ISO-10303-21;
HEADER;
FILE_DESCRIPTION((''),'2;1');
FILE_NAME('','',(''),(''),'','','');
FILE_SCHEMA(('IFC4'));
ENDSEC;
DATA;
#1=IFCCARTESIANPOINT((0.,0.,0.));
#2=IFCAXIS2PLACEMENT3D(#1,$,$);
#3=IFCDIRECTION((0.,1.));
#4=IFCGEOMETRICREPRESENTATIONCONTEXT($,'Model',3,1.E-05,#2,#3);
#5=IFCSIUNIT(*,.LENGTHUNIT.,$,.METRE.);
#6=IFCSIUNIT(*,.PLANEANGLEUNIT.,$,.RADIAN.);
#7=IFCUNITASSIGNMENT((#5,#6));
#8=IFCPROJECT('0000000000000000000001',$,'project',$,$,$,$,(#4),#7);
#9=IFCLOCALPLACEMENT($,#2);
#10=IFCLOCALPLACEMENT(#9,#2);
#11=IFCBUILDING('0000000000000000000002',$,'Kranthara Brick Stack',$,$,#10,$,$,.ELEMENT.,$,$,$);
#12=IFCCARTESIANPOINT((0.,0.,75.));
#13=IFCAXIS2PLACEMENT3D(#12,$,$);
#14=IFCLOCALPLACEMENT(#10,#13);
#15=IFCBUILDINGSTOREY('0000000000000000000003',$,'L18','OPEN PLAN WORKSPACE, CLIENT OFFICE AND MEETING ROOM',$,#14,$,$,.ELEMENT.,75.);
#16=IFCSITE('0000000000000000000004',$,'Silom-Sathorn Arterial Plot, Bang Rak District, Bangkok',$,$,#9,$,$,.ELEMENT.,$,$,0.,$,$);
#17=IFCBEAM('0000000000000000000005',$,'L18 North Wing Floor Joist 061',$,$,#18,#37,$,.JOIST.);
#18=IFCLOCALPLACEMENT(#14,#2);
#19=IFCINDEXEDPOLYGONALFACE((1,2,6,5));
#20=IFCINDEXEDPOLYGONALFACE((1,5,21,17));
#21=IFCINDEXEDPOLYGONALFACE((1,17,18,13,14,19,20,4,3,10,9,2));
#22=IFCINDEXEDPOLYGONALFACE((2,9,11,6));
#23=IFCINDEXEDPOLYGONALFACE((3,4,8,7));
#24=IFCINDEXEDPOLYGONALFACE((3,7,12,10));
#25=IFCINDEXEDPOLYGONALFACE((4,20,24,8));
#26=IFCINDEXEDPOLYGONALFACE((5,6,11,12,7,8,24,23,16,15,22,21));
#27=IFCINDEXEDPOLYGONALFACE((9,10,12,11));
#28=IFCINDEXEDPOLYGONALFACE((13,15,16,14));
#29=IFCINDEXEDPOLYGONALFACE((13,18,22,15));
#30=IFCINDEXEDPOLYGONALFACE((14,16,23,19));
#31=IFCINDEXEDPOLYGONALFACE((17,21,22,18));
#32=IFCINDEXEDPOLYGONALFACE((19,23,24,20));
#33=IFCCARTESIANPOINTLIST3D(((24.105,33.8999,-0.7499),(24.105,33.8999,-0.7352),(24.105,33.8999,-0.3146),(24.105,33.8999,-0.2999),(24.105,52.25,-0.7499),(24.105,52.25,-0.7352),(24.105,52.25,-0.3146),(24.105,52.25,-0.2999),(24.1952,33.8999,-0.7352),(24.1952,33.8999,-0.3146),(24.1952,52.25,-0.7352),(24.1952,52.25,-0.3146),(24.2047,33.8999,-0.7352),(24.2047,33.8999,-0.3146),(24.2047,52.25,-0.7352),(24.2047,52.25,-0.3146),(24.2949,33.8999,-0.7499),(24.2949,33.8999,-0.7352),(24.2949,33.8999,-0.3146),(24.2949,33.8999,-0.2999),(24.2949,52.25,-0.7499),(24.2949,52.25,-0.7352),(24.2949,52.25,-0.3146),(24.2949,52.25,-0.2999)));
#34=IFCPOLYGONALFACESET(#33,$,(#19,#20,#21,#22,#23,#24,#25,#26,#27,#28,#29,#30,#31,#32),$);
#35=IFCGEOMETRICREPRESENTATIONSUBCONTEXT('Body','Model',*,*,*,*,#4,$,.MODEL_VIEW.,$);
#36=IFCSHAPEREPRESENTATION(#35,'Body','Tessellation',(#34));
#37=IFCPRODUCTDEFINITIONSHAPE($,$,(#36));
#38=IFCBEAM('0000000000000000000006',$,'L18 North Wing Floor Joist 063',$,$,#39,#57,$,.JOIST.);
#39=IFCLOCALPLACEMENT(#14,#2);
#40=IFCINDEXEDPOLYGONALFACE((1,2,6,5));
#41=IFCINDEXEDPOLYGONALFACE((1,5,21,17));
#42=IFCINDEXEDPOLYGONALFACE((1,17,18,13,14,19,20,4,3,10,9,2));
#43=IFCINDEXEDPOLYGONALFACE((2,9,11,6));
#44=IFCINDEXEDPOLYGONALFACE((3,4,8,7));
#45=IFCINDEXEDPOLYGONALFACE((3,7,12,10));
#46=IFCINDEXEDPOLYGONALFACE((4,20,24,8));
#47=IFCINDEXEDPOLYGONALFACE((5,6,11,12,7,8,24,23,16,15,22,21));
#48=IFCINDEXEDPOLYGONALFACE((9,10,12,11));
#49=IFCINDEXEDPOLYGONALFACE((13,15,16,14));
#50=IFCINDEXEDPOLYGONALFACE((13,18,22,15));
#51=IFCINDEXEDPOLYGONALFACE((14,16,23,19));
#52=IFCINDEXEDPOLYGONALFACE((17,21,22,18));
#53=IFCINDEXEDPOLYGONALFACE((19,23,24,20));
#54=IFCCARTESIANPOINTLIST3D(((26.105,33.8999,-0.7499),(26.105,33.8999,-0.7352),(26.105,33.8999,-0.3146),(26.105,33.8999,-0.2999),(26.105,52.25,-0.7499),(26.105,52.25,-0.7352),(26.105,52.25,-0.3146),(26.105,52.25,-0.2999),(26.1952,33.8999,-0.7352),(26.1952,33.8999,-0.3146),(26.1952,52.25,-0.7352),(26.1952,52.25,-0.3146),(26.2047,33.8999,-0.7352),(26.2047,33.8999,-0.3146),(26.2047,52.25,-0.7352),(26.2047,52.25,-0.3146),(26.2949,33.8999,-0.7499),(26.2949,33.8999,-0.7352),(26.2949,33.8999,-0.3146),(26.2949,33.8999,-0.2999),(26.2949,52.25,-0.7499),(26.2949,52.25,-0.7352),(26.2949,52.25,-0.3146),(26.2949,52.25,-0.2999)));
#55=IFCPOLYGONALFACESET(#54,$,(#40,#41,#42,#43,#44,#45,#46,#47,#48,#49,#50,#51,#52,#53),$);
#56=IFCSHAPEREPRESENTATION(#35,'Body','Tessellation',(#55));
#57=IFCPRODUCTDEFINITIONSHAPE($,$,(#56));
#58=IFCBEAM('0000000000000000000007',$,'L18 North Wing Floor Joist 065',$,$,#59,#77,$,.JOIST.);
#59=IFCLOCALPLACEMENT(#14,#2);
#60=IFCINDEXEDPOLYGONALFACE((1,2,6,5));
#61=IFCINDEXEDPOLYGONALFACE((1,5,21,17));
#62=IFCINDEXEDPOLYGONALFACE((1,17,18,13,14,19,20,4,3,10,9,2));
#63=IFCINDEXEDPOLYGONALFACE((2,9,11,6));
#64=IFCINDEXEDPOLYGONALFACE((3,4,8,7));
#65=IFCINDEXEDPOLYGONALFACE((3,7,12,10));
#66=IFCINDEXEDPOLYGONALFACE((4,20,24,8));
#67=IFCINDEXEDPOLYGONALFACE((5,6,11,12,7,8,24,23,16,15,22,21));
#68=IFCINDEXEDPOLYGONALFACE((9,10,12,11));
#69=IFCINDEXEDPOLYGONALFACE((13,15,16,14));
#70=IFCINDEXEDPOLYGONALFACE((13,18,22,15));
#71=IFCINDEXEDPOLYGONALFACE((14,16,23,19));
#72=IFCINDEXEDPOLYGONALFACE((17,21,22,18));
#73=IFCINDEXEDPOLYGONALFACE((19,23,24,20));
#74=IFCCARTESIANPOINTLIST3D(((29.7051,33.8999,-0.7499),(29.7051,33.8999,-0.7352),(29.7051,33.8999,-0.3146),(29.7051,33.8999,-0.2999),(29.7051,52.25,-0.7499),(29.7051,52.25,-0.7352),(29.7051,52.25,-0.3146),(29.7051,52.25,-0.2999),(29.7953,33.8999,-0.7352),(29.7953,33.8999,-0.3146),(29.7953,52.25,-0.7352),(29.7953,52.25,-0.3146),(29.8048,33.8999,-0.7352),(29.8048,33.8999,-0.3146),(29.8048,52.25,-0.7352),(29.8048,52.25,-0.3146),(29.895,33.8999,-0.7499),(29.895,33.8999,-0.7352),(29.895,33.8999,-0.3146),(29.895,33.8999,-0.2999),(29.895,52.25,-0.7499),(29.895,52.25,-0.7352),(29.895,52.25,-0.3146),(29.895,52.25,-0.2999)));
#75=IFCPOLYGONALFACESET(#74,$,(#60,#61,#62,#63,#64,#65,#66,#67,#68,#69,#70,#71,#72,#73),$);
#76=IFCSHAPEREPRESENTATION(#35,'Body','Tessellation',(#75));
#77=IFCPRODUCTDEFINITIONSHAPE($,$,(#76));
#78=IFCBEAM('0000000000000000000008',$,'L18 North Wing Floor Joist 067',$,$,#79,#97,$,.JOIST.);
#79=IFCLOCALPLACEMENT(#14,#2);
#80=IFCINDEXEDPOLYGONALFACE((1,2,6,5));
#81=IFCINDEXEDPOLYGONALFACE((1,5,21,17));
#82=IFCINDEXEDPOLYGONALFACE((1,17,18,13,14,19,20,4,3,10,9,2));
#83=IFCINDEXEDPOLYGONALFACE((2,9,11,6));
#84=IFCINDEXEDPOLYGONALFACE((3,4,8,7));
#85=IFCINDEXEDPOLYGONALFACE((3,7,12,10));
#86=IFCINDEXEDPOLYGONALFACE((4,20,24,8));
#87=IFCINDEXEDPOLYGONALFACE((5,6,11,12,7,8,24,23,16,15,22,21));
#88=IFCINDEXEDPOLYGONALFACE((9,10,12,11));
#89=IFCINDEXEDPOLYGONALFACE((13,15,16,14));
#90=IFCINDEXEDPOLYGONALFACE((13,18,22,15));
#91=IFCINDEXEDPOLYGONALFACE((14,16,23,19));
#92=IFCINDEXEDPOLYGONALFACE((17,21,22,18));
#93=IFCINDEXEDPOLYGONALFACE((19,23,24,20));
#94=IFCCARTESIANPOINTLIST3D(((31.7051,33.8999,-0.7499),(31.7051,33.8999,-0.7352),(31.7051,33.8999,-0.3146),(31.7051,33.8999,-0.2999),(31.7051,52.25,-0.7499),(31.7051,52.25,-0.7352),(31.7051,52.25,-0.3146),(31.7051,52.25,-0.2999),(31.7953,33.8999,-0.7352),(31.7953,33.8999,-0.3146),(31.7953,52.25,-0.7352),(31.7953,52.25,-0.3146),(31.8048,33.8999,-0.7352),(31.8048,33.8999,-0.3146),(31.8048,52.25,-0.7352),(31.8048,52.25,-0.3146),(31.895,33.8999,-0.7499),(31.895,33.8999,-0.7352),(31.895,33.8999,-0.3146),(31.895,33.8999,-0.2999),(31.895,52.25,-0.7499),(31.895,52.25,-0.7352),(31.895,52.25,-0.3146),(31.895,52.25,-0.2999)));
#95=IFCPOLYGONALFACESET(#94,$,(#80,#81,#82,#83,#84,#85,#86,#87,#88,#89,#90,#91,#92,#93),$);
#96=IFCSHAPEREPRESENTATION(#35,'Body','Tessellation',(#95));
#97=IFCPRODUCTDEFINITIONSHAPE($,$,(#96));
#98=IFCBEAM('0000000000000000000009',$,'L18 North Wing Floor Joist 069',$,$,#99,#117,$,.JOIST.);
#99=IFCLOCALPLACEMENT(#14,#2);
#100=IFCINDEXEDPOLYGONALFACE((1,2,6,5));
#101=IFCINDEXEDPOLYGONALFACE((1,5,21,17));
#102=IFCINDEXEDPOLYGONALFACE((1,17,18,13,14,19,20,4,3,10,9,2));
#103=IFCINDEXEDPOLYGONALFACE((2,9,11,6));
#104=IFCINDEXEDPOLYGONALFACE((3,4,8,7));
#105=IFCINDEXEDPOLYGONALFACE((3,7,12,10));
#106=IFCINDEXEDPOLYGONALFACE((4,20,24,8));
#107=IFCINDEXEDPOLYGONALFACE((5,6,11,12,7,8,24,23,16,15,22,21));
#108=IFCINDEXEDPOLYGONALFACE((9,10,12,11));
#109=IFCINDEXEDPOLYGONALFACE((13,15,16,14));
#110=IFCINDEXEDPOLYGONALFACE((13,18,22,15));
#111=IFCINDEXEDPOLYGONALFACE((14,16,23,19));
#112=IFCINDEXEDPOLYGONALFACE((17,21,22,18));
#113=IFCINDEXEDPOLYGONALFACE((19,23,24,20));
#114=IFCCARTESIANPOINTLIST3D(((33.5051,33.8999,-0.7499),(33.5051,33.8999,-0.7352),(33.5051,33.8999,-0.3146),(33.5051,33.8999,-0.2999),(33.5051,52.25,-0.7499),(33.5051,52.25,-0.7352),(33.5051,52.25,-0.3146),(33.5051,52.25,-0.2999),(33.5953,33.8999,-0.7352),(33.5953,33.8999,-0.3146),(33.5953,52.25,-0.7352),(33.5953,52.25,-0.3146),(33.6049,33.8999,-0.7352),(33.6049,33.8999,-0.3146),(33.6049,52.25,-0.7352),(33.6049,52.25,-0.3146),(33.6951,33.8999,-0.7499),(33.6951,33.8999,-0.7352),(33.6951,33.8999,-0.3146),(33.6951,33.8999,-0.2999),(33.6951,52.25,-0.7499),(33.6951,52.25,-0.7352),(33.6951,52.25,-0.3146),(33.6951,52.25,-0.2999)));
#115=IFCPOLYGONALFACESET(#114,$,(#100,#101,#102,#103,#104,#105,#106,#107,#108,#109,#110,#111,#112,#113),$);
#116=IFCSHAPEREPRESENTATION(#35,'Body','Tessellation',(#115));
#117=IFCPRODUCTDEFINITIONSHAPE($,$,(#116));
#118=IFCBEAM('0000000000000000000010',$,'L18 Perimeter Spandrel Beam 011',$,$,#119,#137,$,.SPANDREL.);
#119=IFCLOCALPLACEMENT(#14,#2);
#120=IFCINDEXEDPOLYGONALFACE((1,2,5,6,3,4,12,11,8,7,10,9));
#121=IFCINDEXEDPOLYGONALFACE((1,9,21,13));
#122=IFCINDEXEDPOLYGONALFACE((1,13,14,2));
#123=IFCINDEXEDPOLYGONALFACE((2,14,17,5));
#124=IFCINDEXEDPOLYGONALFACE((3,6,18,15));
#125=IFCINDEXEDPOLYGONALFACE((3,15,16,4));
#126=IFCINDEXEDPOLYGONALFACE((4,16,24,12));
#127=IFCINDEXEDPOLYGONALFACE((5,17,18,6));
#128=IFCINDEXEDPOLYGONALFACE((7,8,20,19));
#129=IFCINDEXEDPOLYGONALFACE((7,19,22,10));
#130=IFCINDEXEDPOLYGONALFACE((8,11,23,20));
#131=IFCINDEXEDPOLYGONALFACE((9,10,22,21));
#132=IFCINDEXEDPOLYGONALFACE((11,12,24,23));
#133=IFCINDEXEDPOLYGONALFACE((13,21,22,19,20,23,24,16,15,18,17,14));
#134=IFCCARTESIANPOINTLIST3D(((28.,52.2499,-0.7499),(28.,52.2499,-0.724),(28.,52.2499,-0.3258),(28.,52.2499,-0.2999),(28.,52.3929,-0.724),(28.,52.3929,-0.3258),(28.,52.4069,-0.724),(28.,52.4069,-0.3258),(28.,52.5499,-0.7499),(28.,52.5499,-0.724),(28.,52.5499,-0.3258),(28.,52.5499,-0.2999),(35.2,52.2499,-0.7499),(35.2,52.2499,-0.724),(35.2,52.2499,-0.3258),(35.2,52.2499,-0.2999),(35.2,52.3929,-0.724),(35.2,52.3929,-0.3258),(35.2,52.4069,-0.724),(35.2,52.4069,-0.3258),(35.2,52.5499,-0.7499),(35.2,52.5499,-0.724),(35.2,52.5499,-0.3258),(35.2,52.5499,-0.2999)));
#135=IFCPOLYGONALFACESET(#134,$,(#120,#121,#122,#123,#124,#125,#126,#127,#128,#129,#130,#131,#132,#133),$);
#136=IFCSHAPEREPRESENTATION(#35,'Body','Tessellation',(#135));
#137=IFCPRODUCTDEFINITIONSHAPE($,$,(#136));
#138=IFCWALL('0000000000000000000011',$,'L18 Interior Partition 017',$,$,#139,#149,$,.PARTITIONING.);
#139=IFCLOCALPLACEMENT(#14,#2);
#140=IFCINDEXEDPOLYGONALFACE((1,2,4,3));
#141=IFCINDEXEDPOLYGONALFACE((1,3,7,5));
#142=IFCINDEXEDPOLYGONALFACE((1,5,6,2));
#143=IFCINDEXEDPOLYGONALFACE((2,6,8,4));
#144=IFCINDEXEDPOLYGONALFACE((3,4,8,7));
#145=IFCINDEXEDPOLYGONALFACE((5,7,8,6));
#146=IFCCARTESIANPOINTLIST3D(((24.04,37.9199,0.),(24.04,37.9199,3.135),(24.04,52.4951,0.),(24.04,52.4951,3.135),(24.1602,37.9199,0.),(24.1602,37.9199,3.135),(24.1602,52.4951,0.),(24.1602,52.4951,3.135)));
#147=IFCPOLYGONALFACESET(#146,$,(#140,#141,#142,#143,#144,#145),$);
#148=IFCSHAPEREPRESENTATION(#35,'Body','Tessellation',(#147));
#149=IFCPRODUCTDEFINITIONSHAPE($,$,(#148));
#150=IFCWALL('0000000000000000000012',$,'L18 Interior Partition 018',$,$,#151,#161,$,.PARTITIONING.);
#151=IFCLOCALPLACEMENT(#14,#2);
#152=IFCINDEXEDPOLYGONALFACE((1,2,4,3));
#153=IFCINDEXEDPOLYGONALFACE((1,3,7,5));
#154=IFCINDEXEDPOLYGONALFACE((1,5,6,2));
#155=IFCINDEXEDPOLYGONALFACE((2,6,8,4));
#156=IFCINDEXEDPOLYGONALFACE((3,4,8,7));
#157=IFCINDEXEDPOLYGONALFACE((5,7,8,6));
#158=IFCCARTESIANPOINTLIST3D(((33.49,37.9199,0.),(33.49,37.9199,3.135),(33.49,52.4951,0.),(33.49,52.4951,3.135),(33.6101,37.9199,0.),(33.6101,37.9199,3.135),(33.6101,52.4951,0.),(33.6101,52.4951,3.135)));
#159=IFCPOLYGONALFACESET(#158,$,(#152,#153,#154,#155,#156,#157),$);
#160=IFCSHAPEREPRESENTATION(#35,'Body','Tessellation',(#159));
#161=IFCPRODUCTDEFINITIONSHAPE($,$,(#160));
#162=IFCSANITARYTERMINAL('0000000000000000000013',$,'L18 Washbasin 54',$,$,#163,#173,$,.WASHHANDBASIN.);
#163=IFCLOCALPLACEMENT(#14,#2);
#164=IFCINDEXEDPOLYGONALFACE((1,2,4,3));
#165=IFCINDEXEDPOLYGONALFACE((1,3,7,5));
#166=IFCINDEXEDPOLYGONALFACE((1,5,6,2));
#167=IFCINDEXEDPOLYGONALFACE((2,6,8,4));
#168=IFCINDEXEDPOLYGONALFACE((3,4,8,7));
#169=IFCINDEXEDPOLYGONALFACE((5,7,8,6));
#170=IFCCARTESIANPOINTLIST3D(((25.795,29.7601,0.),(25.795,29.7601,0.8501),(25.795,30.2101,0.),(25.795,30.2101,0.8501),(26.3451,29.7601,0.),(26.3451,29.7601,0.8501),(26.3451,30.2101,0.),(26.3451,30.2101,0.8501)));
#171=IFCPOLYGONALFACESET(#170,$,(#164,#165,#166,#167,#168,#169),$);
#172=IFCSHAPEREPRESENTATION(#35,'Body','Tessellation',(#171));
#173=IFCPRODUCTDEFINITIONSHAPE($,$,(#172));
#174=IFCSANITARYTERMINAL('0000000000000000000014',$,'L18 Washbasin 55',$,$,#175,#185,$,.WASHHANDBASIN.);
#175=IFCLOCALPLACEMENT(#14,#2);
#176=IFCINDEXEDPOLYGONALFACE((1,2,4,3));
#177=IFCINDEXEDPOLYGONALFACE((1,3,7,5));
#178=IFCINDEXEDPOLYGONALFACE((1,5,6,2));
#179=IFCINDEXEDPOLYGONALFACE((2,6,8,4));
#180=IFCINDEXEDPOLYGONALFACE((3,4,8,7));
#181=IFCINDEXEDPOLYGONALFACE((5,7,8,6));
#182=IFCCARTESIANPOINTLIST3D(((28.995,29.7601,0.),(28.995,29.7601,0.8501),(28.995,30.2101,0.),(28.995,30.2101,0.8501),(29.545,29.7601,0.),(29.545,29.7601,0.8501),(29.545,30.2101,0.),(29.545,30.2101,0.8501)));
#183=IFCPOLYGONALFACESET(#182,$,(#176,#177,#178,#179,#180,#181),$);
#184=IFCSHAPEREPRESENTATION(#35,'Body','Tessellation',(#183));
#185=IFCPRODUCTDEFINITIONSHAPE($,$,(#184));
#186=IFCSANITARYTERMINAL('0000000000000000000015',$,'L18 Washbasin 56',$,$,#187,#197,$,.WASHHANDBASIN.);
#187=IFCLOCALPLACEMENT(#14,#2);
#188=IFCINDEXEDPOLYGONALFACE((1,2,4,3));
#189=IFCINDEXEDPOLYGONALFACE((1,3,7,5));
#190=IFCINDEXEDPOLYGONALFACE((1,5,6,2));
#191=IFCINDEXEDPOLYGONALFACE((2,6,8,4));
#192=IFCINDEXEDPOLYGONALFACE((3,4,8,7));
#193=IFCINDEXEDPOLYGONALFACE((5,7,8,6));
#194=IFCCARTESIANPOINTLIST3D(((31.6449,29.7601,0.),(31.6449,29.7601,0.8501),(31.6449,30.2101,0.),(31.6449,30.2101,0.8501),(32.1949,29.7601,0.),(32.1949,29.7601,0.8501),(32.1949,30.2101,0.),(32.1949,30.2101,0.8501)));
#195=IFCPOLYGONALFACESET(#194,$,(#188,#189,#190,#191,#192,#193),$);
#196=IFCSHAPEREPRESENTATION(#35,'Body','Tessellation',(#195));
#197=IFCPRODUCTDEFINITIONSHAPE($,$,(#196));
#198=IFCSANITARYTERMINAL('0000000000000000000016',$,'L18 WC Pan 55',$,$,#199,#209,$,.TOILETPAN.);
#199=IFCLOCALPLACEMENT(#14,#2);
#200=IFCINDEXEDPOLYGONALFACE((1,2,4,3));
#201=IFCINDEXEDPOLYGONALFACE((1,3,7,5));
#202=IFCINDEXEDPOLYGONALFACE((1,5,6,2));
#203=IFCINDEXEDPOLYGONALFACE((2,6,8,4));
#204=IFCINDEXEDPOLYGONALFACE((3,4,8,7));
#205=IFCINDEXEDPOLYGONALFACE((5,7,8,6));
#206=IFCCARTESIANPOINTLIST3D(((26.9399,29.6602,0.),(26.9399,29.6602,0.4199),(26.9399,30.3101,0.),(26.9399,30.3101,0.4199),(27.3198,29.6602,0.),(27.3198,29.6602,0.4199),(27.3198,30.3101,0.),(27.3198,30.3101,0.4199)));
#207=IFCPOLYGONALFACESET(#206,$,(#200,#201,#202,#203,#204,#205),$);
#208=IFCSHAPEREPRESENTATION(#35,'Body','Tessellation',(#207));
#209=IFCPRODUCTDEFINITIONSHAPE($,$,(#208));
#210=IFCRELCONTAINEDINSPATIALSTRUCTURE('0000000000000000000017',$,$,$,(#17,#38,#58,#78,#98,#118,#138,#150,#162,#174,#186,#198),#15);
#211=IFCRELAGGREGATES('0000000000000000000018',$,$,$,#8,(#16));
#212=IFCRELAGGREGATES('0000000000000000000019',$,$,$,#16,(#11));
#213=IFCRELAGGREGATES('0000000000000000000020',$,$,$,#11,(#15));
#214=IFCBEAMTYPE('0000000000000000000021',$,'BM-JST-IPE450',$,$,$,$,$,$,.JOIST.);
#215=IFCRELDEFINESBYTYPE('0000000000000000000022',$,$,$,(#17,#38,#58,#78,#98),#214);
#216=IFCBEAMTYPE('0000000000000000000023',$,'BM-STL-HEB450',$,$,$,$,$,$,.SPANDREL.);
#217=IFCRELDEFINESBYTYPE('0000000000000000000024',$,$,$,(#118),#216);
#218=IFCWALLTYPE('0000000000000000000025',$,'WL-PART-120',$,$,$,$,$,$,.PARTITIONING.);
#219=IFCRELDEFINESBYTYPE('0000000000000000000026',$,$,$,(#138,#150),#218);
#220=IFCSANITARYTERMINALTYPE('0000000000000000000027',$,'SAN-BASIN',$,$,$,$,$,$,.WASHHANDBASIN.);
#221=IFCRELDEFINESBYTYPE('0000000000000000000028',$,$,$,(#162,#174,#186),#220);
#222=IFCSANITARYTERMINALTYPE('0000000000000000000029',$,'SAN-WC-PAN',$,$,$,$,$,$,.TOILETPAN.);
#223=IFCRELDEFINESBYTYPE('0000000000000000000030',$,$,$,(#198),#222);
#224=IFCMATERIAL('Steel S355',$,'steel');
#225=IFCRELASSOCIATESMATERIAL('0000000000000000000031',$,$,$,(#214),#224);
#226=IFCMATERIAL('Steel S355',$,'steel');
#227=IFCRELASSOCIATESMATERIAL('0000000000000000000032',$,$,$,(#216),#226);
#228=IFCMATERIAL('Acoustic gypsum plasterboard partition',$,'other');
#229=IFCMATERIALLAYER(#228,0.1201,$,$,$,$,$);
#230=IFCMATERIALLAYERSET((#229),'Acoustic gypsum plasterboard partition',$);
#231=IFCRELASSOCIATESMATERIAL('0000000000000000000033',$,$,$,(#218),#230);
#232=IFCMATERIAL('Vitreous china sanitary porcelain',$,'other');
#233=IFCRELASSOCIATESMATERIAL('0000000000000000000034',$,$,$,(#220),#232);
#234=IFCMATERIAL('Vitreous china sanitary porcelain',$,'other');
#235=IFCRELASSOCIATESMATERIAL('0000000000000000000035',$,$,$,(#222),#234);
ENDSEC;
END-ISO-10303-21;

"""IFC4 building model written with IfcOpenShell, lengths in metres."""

from ifc_helpers import new_model, si_unit, direction, frame, frame_2d, origin, origin_2d, place, context, subcontext, project, spatial, rectangle, i_section, extrude, material, layer, layer_set, material_profile, profile_set, type_object, element, save


model = new_model("IFC4")

# Units and contexts
model_context = context("Model", 3, precision=1e-05, world=origin(), true_north=direction((0.0, 1.0)))
body_context = subcontext(model_context, "Body", "Model", "MODEL_VIEW")
ifc_project = project(units=[si_unit("LENGTHUNIT", "METRE"), si_unit("PLANEANGLEUNIT", "RADIAN")], contexts=[model_context])

# Site, building, storey
site_placement = place(None, origin())
site = spatial("IfcSite", under=ifc_project, at=site_placement, Name="Silom-Sathorn Arterial Plot, Bang Rak District, Bangkok", CompositionType="ELEMENT", RefElevation=0.0)
building_placement = place(site_placement, origin())
building = spatial("IfcBuilding", under=site, at=building_placement, Name="Kranthara Brick Stack", CompositionType="ELEMENT")
storey_placement = place(building_placement, frame((0.0, 0.0, 75.0)))
storey = spatial("IfcBuildingStorey", under=building, at=storey_placement, Name="L18", Description="OPEN PLAN WORKSPACE, CLIENT OFFICE AND MEETING ROOM", CompositionType="ELEMENT", Elevation=75.0)

# Beams
ifc_material_1 = material(Name="Steel S355", Category="steel")
ifc_material_profile_1 = material_profile(ifc_material_1, i_section(OverallWidth=0.1899, OverallDepth=0.45, WebThickness=0.0095, FlangeThickness=0.0146, at=origin_2d()), Name="IPE 450")
ifc_profile_set_1 = profile_set([ifc_material_profile_1], Name="Steel S355")
beam_type_1 = type_object("IfcBeamType", Name="BM-JST-IPE450", PredefinedType="JOIST", material=ifc_profile_set_1)
for number, where, z_axis, x_axis, name in (
    (1, (24.2, 33.8999, -0.5249), (0.0, 1.0, 0.0), (-1.0, 0.0, 0.0), "L18 North Wing Floor Joist 061"),
    (2, (26.2, 33.8999, -0.5249), (0.0, 1.0, 0.0), (-1.0, 0.0, 0.0), "L18 North Wing Floor Joist 063"),
    (3, (29.8, 33.8999, -0.5249), (0.0, 1.0, 0.0), (-1.0, 0.0, 0.0), "L18 North Wing Floor Joist 065"),
    (4, (31.8, 33.8999, -0.5249), (0.0, 1.0, 0.0), (-1.0, 0.0, 0.0), "L18 North Wing Floor Joist 067"),
    (5, (33.6001, 33.8999, -0.5249), (0.0, 1.0, 0.0), (-1.0, 0.0, 0.0), "L18 North Wing Floor Joist 069"),
):
    element("IfcBeam", number, at=place(storey_placement, frame(where, z_axis=z_axis, x_axis=x_axis)), inside=storey, type_object=beam_type_1, Name=name, PredefinedType="JOIST", context=body_context, shape_type="SweptSolid", body=[
        extrude(i_section(OverallWidth=0.1899, OverallDepth=0.45, WebThickness=0.0095, FlangeThickness=0.0146, at=origin_2d()), origin(), (0.0, 0.0, 1.0), 18.3501),
    ])
ifc_material_2 = material(Name="Steel S355", Category="steel")
ifc_material_profile_2 = material_profile(ifc_material_2, i_section(OverallWidth=0.3, OverallDepth=0.45, WebThickness=0.0139, FlangeThickness=0.0259, at=origin_2d()), Name="HEB 450")
ifc_profile_set_2 = profile_set([ifc_material_profile_2], Name="Steel S355")
beam_type_2 = type_object("IfcBeamType", Name="BM-STL-HEB450", PredefinedType="SPANDREL", material=ifc_profile_set_2)
beam_1_placement = place(storey_placement, frame((28.0, 52.3999, -0.5249), z_axis=(1.0, 0.0, 0.0), x_axis=(0.0, 1.0, 0.0)))
element("IfcBeam", 6, at=beam_1_placement, inside=storey, type_object=beam_type_2, Name="L18 Perimeter Spandrel Beam 011", PredefinedType="SPANDREL", context=body_context, shape_type="SweptSolid", body=[
    extrude(i_section(OverallWidth=0.3, OverallDepth=0.45, WebThickness=0.0139, FlangeThickness=0.0259, at=origin_2d()), origin(), (0.0, 0.0, 1.0), 7.2),
])

# Walls
ifc_material_3 = material(Name="Acoustic gypsum plasterboard partition", Category="other")
ifc_layer = layer(ifc_material_3, 0.1201)
ifc_layer_set = layer_set([ifc_layer], Name="Acoustic gypsum plasterboard partition")
wall_type = type_object("IfcWallType", Name="WL-PART-120", PredefinedType="PARTITIONING", material=ifc_layer_set)
for number, where, z_axis, x_axis, name in (
    (7, (24.1001, 37.9199, 0.0), (0.0, 0.0, 1.0), (0.0, 1.0, 0.0), "L18 Interior Partition 017"),
    (8, (33.55, 37.9199, 0.0), (0.0, 0.0, 1.0), (0.0, 1.0, 0.0), "L18 Interior Partition 018"),
):
    element("IfcWall", number, at=place(storey_placement, frame(where, z_axis=z_axis, x_axis=x_axis)), inside=storey, type_object=wall_type, Name=name, PredefinedType="PARTITIONING", context=body_context, shape_type="SweptSolid", body=[
        extrude(rectangle(XDim=14.5752, YDim=0.1201, at=frame_2d((7.2876, 0.0))), origin(), (0.0, 0.0, 1.0), 3.135),
    ])

# Sanitary terminals
ifc_material_4 = material(Name="Vitreous china sanitary porcelain", Category="other")
sanitary_terminal_type_1 = type_object("IfcSanitaryTerminalType", Name="SAN-BASIN", PredefinedType="WASHHANDBASIN", material=ifc_material_4)
for number, where, z_axis, x_axis, name in (
    (9, (26.0701, 29.9851, 0.0), (0.0, 0.0, 1.0), (1.0, 0.0, 0.0), "L18 Washbasin 54"),
    (10, (29.27, 29.9851, 0.0), (0.0, 0.0, 1.0), (1.0, 0.0, 0.0), "L18 Washbasin 55"),
    (11, (31.9199, 29.9851, 0.0), (0.0, 0.0, 1.0), (1.0, 0.0, 0.0), "L18 Washbasin 56"),
):
    element("IfcSanitaryTerminal", number, at=place(storey_placement, frame(where, z_axis=z_axis, x_axis=x_axis)), inside=storey, type_object=sanitary_terminal_type_1, Name=name, PredefinedType="WASHHANDBASIN", context=body_context, shape_type="SweptSolid", body=[
        extrude(rectangle(XDim=0.55, YDim=0.45, at=origin_2d()), origin(), (0.0, 0.0, 1.0), 0.8501),
    ])
ifc_material_5 = material(Name="Vitreous china sanitary porcelain", Category="other")
sanitary_terminal_type_2 = type_object("IfcSanitaryTerminalType", Name="SAN-WC-PAN", PredefinedType="TOILETPAN", material=ifc_material_5)
for number, where, z_axis, x_axis, name in (
    (12, (27.1299, 29.9851, 0.0), (0.0, 0.0, 1.0), (1.0, 0.0, 0.0), "L18 WC Pan 55"),
):
    element("IfcSanitaryTerminal", number, at=place(storey_placement, frame(where, z_axis=z_axis, x_axis=x_axis)), inside=storey, type_object=sanitary_terminal_type_2, Name=name, PredefinedType="TOILETPAN", context=body_context, shape_type="SweptSolid", body=[
        extrude(rectangle(XDim=0.3799, YDim=0.6499, at=origin_2d()), origin(), (0.0, 0.0, 1.0), 0.4199),
    ])

save(model, "model.ifc")
